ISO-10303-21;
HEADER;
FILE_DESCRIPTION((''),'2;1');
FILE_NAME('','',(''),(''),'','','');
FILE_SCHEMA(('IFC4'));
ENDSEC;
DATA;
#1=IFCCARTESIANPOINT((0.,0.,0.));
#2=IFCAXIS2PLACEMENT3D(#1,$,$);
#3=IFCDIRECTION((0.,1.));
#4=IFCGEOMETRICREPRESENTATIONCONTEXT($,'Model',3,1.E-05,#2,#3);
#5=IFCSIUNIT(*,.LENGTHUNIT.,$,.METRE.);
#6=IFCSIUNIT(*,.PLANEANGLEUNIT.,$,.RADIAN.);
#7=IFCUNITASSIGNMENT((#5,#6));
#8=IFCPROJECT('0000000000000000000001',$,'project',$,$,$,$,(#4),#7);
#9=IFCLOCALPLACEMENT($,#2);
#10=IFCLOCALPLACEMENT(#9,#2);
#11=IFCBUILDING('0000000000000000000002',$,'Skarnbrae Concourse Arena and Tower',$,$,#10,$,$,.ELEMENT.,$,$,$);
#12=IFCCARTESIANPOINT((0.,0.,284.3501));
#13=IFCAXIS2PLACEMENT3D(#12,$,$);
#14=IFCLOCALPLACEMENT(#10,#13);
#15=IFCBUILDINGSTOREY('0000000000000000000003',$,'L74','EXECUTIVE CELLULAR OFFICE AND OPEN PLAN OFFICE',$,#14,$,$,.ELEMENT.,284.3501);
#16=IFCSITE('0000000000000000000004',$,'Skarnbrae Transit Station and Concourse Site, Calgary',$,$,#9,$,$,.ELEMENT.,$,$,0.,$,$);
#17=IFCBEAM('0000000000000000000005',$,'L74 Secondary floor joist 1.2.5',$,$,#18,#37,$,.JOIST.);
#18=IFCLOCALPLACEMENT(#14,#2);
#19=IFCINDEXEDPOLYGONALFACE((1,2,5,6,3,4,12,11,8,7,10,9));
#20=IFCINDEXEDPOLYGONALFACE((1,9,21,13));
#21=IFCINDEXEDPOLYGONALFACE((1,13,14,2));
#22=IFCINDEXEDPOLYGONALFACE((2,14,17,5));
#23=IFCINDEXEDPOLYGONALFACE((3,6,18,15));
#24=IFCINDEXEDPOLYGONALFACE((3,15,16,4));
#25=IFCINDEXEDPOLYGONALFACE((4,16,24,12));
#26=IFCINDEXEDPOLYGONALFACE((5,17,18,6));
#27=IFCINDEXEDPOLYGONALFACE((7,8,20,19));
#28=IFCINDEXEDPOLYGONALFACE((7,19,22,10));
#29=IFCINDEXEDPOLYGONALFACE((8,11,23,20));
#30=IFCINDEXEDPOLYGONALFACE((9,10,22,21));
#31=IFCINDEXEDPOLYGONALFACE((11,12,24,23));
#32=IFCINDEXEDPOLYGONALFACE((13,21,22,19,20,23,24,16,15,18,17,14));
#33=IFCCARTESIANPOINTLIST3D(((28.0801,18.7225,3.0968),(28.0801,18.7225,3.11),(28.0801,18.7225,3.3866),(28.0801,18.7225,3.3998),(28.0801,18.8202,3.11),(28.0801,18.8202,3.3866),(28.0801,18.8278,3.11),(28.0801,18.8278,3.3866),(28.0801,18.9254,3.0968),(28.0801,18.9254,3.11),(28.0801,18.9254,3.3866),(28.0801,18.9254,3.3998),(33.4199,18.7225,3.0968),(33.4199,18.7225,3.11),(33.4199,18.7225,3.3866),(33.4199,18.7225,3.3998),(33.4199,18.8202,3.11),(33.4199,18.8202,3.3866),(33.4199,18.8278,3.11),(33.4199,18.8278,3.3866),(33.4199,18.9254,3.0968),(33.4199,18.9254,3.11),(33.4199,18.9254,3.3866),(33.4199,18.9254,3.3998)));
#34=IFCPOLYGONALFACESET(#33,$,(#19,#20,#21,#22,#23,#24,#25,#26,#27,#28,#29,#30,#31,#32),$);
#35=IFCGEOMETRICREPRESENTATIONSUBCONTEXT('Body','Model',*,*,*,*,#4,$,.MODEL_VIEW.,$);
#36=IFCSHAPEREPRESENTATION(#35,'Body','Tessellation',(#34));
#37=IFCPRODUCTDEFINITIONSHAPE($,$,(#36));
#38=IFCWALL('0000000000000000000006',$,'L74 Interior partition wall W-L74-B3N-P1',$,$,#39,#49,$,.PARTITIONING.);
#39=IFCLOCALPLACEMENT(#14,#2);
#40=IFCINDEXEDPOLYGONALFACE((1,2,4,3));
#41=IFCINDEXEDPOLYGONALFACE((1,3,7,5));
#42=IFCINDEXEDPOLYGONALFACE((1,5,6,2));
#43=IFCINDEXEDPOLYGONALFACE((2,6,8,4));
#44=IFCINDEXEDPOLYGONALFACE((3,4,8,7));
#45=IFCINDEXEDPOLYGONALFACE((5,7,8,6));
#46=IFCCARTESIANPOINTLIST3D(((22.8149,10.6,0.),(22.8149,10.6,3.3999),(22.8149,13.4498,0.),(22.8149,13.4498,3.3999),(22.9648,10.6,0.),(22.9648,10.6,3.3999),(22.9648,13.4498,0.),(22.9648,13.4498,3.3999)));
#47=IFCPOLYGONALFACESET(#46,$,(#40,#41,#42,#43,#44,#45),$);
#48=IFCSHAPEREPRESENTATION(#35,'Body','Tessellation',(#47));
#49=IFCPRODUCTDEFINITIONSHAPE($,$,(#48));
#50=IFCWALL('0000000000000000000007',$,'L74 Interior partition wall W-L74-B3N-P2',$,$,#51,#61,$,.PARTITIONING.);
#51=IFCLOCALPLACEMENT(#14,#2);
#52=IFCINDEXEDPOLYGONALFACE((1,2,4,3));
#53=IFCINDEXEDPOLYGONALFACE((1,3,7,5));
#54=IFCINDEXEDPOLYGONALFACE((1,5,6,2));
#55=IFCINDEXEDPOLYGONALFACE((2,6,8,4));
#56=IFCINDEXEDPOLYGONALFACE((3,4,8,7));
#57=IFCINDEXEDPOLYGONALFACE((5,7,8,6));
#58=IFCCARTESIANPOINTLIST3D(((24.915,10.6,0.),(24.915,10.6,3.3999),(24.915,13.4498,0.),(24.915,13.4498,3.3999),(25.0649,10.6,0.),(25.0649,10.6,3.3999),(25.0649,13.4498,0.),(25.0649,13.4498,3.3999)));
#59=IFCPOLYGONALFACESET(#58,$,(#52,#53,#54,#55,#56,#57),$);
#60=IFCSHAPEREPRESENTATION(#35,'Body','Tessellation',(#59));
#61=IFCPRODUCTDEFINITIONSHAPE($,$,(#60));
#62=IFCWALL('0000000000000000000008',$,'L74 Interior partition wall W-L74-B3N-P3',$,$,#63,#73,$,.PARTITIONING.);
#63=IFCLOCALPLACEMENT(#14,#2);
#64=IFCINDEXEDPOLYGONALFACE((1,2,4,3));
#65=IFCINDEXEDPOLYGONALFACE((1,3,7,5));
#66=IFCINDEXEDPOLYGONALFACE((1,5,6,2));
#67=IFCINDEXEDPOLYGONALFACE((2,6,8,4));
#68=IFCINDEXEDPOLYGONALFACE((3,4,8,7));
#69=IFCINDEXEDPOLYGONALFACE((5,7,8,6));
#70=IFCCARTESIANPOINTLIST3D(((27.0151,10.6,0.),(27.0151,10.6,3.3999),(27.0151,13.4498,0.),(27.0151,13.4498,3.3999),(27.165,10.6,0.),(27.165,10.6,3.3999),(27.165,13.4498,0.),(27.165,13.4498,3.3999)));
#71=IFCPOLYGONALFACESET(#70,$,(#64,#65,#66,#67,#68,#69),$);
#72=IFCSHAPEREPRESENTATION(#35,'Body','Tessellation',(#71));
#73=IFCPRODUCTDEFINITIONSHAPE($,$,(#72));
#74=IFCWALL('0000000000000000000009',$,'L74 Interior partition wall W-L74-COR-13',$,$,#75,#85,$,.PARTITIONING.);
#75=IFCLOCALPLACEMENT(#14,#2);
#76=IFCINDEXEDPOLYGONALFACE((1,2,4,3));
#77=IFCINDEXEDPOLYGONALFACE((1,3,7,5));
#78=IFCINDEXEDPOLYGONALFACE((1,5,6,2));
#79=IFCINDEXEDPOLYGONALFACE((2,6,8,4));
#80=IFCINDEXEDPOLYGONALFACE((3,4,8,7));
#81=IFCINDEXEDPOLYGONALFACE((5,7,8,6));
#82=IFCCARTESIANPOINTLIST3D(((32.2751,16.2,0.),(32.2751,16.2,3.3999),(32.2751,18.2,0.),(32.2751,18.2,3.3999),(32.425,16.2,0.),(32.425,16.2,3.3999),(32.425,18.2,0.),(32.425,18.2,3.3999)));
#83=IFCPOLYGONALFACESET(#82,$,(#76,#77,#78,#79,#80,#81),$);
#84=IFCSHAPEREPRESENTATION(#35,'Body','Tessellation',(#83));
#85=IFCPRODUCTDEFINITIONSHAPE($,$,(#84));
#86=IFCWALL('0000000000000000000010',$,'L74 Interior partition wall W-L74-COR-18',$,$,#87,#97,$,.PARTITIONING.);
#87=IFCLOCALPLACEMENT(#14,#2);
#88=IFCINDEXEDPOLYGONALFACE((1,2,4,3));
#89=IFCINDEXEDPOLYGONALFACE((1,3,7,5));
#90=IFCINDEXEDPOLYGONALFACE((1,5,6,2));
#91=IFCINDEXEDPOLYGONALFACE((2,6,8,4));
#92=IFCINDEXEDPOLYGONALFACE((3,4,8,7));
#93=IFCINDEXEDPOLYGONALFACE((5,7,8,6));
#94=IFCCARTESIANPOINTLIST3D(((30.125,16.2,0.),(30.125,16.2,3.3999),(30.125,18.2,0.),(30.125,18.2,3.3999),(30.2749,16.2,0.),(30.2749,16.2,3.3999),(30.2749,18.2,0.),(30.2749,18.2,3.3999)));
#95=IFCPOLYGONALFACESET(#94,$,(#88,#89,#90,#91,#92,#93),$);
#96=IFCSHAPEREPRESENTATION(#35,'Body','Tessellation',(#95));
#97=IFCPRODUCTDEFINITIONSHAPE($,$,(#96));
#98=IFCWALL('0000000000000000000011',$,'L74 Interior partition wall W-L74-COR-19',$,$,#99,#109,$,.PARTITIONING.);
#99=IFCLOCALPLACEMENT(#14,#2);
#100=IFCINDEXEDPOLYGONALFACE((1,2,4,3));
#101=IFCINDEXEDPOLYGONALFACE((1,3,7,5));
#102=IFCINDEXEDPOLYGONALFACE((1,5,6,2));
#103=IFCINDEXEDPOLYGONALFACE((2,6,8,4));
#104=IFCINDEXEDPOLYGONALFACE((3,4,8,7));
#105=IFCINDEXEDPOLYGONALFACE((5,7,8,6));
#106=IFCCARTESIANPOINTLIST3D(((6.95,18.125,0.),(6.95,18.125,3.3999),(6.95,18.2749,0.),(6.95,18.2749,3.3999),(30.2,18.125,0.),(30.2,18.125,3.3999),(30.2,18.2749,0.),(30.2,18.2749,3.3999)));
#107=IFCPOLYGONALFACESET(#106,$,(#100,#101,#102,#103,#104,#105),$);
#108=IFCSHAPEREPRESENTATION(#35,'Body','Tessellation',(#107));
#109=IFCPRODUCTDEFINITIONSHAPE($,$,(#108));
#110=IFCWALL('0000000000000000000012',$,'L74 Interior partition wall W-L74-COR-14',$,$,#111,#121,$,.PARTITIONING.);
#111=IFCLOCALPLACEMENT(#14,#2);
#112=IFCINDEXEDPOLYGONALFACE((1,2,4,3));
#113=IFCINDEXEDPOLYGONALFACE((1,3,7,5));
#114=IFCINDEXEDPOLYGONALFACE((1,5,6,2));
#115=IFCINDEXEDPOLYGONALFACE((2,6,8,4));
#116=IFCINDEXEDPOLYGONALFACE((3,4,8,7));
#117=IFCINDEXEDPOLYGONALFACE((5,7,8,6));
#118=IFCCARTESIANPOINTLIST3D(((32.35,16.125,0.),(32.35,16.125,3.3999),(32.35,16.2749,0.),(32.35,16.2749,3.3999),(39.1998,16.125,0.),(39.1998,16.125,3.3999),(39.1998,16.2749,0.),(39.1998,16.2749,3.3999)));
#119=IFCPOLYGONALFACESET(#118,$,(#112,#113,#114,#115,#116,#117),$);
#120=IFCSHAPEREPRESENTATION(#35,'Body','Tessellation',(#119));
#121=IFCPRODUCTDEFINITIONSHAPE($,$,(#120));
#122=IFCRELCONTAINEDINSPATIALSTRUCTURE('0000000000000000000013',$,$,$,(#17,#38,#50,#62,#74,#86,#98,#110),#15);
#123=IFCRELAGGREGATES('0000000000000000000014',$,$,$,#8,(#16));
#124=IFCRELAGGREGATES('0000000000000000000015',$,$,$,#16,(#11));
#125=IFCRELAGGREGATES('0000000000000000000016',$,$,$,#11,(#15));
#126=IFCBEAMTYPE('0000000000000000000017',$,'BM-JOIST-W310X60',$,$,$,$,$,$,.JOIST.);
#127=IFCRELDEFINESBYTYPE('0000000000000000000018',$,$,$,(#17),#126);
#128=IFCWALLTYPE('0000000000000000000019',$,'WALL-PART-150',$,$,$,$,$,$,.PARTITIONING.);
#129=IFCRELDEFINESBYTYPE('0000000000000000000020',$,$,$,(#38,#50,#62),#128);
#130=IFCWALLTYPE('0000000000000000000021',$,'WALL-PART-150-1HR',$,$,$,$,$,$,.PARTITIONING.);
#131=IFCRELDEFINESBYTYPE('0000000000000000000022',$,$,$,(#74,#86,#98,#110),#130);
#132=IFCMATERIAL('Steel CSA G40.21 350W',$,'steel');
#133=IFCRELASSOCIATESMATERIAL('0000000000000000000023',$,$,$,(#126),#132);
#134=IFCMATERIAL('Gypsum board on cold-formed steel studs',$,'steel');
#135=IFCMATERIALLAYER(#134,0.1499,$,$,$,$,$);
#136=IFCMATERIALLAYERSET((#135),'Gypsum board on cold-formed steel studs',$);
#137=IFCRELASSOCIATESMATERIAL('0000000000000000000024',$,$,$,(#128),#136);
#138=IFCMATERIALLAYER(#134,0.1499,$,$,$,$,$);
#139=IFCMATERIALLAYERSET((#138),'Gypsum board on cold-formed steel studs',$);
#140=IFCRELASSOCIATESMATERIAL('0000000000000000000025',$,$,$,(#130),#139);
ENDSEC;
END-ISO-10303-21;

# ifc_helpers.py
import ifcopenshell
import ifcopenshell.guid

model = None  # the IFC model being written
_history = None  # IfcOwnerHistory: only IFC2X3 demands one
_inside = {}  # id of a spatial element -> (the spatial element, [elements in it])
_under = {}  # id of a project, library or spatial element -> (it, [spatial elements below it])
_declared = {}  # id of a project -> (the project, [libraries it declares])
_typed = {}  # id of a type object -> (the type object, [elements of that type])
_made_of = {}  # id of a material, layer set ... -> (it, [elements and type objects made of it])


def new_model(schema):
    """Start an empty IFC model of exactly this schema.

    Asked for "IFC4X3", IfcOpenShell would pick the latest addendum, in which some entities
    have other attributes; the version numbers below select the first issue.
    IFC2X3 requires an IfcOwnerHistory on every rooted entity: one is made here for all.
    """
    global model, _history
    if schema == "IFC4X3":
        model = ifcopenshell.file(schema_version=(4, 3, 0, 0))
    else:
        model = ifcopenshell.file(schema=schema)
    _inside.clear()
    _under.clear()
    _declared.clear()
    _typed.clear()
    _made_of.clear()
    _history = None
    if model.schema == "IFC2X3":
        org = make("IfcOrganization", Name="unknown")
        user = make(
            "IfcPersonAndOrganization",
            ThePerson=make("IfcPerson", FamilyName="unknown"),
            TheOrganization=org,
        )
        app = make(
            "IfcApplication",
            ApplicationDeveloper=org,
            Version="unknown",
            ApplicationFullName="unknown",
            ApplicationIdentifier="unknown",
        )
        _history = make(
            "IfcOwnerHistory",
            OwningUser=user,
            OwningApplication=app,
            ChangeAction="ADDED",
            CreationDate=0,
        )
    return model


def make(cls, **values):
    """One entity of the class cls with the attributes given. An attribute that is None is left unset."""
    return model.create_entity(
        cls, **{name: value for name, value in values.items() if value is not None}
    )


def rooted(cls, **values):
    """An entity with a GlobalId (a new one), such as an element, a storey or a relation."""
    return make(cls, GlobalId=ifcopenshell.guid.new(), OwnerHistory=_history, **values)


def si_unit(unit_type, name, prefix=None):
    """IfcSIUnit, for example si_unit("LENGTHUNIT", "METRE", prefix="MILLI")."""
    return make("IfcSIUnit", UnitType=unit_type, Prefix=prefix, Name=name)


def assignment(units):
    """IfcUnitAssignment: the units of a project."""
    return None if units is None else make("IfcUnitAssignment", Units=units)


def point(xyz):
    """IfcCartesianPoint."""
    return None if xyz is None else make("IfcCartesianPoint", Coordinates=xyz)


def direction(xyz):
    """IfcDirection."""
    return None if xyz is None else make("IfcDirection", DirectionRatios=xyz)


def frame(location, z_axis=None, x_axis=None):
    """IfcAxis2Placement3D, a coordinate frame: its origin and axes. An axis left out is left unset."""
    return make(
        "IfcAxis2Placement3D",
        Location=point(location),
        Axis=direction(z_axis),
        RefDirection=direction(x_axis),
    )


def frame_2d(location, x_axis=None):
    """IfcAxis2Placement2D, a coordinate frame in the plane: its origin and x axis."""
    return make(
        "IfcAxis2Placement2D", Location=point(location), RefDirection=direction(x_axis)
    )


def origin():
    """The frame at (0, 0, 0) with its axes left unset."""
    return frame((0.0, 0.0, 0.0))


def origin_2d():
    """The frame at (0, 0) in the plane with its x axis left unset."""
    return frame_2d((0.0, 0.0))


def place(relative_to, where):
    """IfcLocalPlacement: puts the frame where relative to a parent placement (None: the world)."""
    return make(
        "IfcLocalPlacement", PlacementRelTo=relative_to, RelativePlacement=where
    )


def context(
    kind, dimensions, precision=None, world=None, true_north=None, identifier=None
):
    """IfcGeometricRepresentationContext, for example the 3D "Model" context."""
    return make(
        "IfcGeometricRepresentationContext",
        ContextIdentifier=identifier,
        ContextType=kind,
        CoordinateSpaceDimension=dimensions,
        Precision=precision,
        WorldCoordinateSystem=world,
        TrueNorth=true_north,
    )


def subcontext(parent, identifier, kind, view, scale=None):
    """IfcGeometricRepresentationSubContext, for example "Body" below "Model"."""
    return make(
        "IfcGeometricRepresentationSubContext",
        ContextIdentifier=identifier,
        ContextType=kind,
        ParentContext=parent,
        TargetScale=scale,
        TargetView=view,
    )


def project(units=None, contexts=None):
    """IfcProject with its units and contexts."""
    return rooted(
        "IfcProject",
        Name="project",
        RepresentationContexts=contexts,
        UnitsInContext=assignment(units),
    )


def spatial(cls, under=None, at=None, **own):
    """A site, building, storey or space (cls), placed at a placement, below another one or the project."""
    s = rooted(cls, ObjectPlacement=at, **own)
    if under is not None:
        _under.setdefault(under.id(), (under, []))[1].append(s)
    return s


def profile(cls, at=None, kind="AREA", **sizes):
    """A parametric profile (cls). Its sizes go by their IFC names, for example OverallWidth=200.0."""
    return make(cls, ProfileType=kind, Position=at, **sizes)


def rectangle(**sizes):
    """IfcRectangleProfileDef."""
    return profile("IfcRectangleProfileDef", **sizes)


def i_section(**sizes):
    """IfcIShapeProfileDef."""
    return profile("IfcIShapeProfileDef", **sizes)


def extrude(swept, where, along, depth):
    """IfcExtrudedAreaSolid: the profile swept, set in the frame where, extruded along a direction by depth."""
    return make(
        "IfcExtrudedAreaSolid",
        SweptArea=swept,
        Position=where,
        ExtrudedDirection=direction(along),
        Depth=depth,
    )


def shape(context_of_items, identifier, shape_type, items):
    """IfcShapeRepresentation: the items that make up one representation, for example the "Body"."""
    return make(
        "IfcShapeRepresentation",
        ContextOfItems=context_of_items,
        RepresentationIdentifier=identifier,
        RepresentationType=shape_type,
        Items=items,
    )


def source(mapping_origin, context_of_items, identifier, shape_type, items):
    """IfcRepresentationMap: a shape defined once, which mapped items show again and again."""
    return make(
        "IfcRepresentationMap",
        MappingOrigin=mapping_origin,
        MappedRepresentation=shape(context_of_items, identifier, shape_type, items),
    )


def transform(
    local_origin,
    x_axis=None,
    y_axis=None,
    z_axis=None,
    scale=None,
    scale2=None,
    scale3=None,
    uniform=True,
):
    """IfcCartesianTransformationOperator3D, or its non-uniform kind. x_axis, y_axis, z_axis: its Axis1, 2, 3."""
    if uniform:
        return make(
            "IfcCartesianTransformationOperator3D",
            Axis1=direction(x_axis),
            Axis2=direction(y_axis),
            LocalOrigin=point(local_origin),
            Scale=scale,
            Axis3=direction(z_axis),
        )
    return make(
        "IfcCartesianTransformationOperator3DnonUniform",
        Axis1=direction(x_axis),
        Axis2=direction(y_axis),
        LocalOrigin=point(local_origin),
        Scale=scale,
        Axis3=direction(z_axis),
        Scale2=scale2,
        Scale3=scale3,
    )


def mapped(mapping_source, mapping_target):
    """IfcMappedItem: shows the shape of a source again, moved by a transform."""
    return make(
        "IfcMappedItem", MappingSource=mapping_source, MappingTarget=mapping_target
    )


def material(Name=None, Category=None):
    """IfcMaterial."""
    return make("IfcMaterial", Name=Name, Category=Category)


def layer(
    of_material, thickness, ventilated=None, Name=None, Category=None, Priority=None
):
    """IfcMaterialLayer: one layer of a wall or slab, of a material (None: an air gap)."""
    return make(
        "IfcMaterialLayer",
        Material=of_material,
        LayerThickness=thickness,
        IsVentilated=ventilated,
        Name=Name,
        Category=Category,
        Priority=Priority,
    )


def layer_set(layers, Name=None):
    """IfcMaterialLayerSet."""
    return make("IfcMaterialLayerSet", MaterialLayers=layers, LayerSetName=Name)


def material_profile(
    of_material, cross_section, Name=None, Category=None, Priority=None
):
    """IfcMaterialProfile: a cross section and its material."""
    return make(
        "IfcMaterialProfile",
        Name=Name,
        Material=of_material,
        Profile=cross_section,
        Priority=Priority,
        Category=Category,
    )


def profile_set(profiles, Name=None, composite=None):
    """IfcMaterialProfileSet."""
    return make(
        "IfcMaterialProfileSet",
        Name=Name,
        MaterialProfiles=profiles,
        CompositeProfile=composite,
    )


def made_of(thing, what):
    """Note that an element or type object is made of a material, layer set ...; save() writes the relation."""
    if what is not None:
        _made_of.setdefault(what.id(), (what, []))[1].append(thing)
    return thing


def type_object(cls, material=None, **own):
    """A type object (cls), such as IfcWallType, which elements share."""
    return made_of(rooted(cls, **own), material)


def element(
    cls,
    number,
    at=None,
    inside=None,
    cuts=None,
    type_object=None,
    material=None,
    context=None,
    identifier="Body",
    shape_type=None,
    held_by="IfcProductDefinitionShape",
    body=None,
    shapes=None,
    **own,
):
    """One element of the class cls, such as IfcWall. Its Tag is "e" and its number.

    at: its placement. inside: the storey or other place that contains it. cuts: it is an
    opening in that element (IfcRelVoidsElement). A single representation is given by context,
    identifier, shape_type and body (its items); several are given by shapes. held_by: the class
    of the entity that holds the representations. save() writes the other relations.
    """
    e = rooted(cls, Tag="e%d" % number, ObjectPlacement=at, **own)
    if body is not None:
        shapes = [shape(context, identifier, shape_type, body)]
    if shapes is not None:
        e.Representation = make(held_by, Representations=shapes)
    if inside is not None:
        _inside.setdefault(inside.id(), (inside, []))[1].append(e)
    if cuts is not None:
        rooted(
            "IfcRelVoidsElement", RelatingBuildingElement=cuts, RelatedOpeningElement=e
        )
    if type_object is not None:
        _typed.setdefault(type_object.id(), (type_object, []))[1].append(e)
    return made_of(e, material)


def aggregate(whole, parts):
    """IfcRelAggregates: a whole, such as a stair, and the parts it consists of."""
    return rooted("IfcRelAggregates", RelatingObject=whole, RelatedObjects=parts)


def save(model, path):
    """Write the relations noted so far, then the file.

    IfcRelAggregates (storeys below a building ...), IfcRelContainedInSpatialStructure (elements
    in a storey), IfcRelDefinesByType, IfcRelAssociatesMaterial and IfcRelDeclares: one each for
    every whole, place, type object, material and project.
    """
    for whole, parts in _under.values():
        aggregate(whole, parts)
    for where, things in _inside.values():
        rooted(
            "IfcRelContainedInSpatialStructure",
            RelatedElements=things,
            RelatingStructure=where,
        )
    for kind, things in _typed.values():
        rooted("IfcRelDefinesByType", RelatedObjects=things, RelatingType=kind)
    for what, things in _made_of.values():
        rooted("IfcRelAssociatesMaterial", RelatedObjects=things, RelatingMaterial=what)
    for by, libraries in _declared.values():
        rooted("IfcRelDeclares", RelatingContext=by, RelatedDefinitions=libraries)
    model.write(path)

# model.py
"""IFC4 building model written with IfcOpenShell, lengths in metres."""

from ifc_helpers import new_model, si_unit, direction, frame, frame_2d, origin, origin_2d, place, context, subcontext, project, spatial, rectangle, i_section, extrude, source, transform, mapped, material, layer, layer_set, material_profile, profile_set, type_object, element, save


model = new_model("IFC4")

# Units and contexts
model_context = context("Model", 3, precision=1e-05, world=origin(), true_north=direction((0.0, 1.0)))
body_context = subcontext(model_context, "Body", "Model", "MODEL_VIEW")
ifc_project = project(units=[si_unit("LENGTHUNIT", "METRE"), si_unit("PLANEANGLEUNIT", "RADIAN")], contexts=[model_context])

# Site, building, storey
site_placement = place(None, origin())
site = spatial("IfcSite", under=ifc_project, at=site_placement, Name="Skarnbrae Transit Station and Concourse Site, Calgary", CompositionType="ELEMENT", RefElevation=0.0)
building_placement = place(site_placement, origin())
building = spatial("IfcBuilding", under=site, at=building_placement, Name="Skarnbrae Concourse Arena and Tower", CompositionType="ELEMENT")
storey_placement = place(building_placement, frame((0.0, 0.0, 284.3501)))
storey = spatial("IfcBuildingStorey", under=building, at=storey_placement, Name="L74", Description="EXECUTIVE CELLULAR OFFICE AND OPEN PLAN OFFICE", CompositionType="ELEMENT", Elevation=284.3501)

# Shared definitions
ifc_material_1 = material(Name="Steel CSA G40.21 350W", Category="steel")

# Beam
ifc_material_profile_1 = material_profile(ifc_material_1, i_section(OverallWidth=0.2029, OverallDepth=0.303, WebThickness=0.0076, FlangeThickness=0.0132, at=origin_2d()), Name="W310X60")
ifc_profile_set_1 = profile_set([ifc_material_profile_1], Name="Steel CSA G40.21 350W")
beam_type_1 = type_object("IfcBeamType", Name="BM-JOIST-W310X60", PredefinedType="JOIST", material=ifc_profile_set_1)
shared_shape_1 = source(origin(), body_context, "Body", "SweptSolid", [
    extrude(i_section(OverallWidth=0.2029, OverallDepth=0.303, WebThickness=0.0076, FlangeThickness=0.0132, at=origin_2d()), origin(), (0.0, 0.0, 1.0), 5.3398),
])
for number, where, z_axis, x_axis, name in (
    (1, (28.0801, 18.824, 3.2483), (1.0, 0.0, 0.0), (0.0, 1.0, 0.0), "L74 Secondary floor joist 1.2.5"),
):
    element("IfcBeam", number, at=place(storey_placement, frame(where, z_axis=z_axis, x_axis=x_axis)), inside=storey, type_object=beam_type_1, Name=name, PredefinedType="JOIST", context=body_context, shape_type="MappedRepresentation", body=[
        mapped(shared_shape_1, transform((0.0, 0.0, 0.0))),
    ])

# Walls
ifc_material_2 = material(Name="Gypsum board on cold-formed steel studs", Category="steel")
ifc_layer_1 = layer(ifc_material_2, 0.1499)
ifc_layer_set_1 = layer_set([ifc_layer_1], Name="Gypsum board on cold-formed steel studs")
wall_type_1 = type_object("IfcWallType", Name="WALL-PART-150", PredefinedType="PARTITIONING", material=ifc_layer_set_1)
shared_shape_2 = source(origin(), body_context, "Body", "SweptSolid", [
    extrude(rectangle(XDim=2.8499, YDim=0.1499, at=frame_2d((1.4248, 0.0))), origin(), (0.0, 0.0, 1.0), 3.3999),
])
for number, where, z_axis, x_axis, name in (
    (2, (22.8899, 10.6001, 0.0), (0.0, 0.0, 1.0), (0.0, 1.0, 0.0), "L74 Interior partition wall W-L74-B3N-P1"),
    (3, (24.99, 10.6001, 0.0), (0.0, 0.0, 1.0), (0.0, 1.0, 0.0), "L74 Interior partition wall W-L74-B3N-P2"),
    (4, (27.0901, 10.6001, 0.0), (0.0, 0.0, 1.0), (0.0, 1.0, 0.0), "L74 Interior partition wall W-L74-B3N-P3"),
):
    element("IfcWall", number, at=place(storey_placement, frame(where, z_axis=z_axis, x_axis=x_axis)), inside=storey, type_object=wall_type_1, Name=name, PredefinedType="PARTITIONING", context=body_context, shape_type="MappedRepresentation", body=[
        mapped(shared_shape_2, transform((0.0, 0.0, 0.0))),
    ])
ifc_layer_2 = layer(ifc_material_2, 0.1499)
ifc_layer_set_2 = layer_set([ifc_layer_2], Name="Gypsum board on cold-formed steel studs")
wall_type_2 = type_object("IfcWallType", Name="WALL-PART-150-1HR", PredefinedType="PARTITIONING", material=ifc_layer_set_2)
shared_shape_3 = source(origin(), body_context, "Body", "SweptSolid", [
    extrude(rectangle(XDim=2.0, YDim=0.1499, at=frame_2d((1.0, 0.0))), origin(), (0.0, 0.0, 1.0), 3.3999),
])
for number, where, z_axis, x_axis, name in (
    (5, (32.3501, 18.2, 0.0), (0.0, 0.0, 1.0), (0.0, -1.0, 0.0), "L74 Interior partition wall W-L74-COR-13"),
    (6, (30.2, 16.2, 0.0), (0.0, 0.0, 1.0), (0.0, 1.0, 0.0), "L74 Interior partition wall W-L74-COR-18"),
):
    element("IfcWall", number, at=place(storey_placement, frame(where, z_axis=z_axis, x_axis=x_axis)), inside=storey, type_object=wall_type_2, Name=name, PredefinedType="PARTITIONING", context=body_context, shape_type="MappedRepresentation", body=[
        mapped(shared_shape_3, transform((0.0, 0.0, 0.0))),
    ])
shared_shape_4 = source(origin(), body_context, "Body", "SweptSolid", [
    extrude(rectangle(XDim=23.25, YDim=0.1499, at=frame_2d((11.625, 0.0))), origin(), (0.0, 0.0, 1.0), 3.3999),
])
wall_1_placement = place(storey_placement, frame((30.2, 18.2, 0.0), z_axis=(0.0, 0.0, 1.0), x_axis=(-1.0, 0.0, 0.0)))
element("IfcWall", 7, at=wall_1_placement, inside=storey, type_object=wall_type_2, Name="L74 Interior partition wall W-L74-COR-19", PredefinedType="PARTITIONING", context=body_context, shape_type="MappedRepresentation", body=[
    mapped(shared_shape_4, transform((0.0, 0.0, 0.0))),
])
shared_shape_5 = source(origin(), body_context, "Body", "SweptSolid", [
    extrude(rectangle(XDim=6.8499, YDim=0.1499, at=frame_2d((3.4248, 0.0))), origin(), (0.0, 0.0, 1.0), 3.3999),
])
wall_2_placement = place(storey_placement, frame((32.3501, 16.2, 0.0), z_axis=(0.0, 0.0, 1.0), x_axis=(1.0, 0.0, 0.0)))
element("IfcWall", 8, at=wall_2_placement, inside=storey, type_object=wall_type_2, Name="L74 Interior partition wall W-L74-COR-14", PredefinedType="PARTITIONING", context=body_context, shape_type="MappedRepresentation", body=[
    mapped(shared_shape_5, transform((0.0, 0.0, 0.0))),
])

save(model, "model.ifc")
